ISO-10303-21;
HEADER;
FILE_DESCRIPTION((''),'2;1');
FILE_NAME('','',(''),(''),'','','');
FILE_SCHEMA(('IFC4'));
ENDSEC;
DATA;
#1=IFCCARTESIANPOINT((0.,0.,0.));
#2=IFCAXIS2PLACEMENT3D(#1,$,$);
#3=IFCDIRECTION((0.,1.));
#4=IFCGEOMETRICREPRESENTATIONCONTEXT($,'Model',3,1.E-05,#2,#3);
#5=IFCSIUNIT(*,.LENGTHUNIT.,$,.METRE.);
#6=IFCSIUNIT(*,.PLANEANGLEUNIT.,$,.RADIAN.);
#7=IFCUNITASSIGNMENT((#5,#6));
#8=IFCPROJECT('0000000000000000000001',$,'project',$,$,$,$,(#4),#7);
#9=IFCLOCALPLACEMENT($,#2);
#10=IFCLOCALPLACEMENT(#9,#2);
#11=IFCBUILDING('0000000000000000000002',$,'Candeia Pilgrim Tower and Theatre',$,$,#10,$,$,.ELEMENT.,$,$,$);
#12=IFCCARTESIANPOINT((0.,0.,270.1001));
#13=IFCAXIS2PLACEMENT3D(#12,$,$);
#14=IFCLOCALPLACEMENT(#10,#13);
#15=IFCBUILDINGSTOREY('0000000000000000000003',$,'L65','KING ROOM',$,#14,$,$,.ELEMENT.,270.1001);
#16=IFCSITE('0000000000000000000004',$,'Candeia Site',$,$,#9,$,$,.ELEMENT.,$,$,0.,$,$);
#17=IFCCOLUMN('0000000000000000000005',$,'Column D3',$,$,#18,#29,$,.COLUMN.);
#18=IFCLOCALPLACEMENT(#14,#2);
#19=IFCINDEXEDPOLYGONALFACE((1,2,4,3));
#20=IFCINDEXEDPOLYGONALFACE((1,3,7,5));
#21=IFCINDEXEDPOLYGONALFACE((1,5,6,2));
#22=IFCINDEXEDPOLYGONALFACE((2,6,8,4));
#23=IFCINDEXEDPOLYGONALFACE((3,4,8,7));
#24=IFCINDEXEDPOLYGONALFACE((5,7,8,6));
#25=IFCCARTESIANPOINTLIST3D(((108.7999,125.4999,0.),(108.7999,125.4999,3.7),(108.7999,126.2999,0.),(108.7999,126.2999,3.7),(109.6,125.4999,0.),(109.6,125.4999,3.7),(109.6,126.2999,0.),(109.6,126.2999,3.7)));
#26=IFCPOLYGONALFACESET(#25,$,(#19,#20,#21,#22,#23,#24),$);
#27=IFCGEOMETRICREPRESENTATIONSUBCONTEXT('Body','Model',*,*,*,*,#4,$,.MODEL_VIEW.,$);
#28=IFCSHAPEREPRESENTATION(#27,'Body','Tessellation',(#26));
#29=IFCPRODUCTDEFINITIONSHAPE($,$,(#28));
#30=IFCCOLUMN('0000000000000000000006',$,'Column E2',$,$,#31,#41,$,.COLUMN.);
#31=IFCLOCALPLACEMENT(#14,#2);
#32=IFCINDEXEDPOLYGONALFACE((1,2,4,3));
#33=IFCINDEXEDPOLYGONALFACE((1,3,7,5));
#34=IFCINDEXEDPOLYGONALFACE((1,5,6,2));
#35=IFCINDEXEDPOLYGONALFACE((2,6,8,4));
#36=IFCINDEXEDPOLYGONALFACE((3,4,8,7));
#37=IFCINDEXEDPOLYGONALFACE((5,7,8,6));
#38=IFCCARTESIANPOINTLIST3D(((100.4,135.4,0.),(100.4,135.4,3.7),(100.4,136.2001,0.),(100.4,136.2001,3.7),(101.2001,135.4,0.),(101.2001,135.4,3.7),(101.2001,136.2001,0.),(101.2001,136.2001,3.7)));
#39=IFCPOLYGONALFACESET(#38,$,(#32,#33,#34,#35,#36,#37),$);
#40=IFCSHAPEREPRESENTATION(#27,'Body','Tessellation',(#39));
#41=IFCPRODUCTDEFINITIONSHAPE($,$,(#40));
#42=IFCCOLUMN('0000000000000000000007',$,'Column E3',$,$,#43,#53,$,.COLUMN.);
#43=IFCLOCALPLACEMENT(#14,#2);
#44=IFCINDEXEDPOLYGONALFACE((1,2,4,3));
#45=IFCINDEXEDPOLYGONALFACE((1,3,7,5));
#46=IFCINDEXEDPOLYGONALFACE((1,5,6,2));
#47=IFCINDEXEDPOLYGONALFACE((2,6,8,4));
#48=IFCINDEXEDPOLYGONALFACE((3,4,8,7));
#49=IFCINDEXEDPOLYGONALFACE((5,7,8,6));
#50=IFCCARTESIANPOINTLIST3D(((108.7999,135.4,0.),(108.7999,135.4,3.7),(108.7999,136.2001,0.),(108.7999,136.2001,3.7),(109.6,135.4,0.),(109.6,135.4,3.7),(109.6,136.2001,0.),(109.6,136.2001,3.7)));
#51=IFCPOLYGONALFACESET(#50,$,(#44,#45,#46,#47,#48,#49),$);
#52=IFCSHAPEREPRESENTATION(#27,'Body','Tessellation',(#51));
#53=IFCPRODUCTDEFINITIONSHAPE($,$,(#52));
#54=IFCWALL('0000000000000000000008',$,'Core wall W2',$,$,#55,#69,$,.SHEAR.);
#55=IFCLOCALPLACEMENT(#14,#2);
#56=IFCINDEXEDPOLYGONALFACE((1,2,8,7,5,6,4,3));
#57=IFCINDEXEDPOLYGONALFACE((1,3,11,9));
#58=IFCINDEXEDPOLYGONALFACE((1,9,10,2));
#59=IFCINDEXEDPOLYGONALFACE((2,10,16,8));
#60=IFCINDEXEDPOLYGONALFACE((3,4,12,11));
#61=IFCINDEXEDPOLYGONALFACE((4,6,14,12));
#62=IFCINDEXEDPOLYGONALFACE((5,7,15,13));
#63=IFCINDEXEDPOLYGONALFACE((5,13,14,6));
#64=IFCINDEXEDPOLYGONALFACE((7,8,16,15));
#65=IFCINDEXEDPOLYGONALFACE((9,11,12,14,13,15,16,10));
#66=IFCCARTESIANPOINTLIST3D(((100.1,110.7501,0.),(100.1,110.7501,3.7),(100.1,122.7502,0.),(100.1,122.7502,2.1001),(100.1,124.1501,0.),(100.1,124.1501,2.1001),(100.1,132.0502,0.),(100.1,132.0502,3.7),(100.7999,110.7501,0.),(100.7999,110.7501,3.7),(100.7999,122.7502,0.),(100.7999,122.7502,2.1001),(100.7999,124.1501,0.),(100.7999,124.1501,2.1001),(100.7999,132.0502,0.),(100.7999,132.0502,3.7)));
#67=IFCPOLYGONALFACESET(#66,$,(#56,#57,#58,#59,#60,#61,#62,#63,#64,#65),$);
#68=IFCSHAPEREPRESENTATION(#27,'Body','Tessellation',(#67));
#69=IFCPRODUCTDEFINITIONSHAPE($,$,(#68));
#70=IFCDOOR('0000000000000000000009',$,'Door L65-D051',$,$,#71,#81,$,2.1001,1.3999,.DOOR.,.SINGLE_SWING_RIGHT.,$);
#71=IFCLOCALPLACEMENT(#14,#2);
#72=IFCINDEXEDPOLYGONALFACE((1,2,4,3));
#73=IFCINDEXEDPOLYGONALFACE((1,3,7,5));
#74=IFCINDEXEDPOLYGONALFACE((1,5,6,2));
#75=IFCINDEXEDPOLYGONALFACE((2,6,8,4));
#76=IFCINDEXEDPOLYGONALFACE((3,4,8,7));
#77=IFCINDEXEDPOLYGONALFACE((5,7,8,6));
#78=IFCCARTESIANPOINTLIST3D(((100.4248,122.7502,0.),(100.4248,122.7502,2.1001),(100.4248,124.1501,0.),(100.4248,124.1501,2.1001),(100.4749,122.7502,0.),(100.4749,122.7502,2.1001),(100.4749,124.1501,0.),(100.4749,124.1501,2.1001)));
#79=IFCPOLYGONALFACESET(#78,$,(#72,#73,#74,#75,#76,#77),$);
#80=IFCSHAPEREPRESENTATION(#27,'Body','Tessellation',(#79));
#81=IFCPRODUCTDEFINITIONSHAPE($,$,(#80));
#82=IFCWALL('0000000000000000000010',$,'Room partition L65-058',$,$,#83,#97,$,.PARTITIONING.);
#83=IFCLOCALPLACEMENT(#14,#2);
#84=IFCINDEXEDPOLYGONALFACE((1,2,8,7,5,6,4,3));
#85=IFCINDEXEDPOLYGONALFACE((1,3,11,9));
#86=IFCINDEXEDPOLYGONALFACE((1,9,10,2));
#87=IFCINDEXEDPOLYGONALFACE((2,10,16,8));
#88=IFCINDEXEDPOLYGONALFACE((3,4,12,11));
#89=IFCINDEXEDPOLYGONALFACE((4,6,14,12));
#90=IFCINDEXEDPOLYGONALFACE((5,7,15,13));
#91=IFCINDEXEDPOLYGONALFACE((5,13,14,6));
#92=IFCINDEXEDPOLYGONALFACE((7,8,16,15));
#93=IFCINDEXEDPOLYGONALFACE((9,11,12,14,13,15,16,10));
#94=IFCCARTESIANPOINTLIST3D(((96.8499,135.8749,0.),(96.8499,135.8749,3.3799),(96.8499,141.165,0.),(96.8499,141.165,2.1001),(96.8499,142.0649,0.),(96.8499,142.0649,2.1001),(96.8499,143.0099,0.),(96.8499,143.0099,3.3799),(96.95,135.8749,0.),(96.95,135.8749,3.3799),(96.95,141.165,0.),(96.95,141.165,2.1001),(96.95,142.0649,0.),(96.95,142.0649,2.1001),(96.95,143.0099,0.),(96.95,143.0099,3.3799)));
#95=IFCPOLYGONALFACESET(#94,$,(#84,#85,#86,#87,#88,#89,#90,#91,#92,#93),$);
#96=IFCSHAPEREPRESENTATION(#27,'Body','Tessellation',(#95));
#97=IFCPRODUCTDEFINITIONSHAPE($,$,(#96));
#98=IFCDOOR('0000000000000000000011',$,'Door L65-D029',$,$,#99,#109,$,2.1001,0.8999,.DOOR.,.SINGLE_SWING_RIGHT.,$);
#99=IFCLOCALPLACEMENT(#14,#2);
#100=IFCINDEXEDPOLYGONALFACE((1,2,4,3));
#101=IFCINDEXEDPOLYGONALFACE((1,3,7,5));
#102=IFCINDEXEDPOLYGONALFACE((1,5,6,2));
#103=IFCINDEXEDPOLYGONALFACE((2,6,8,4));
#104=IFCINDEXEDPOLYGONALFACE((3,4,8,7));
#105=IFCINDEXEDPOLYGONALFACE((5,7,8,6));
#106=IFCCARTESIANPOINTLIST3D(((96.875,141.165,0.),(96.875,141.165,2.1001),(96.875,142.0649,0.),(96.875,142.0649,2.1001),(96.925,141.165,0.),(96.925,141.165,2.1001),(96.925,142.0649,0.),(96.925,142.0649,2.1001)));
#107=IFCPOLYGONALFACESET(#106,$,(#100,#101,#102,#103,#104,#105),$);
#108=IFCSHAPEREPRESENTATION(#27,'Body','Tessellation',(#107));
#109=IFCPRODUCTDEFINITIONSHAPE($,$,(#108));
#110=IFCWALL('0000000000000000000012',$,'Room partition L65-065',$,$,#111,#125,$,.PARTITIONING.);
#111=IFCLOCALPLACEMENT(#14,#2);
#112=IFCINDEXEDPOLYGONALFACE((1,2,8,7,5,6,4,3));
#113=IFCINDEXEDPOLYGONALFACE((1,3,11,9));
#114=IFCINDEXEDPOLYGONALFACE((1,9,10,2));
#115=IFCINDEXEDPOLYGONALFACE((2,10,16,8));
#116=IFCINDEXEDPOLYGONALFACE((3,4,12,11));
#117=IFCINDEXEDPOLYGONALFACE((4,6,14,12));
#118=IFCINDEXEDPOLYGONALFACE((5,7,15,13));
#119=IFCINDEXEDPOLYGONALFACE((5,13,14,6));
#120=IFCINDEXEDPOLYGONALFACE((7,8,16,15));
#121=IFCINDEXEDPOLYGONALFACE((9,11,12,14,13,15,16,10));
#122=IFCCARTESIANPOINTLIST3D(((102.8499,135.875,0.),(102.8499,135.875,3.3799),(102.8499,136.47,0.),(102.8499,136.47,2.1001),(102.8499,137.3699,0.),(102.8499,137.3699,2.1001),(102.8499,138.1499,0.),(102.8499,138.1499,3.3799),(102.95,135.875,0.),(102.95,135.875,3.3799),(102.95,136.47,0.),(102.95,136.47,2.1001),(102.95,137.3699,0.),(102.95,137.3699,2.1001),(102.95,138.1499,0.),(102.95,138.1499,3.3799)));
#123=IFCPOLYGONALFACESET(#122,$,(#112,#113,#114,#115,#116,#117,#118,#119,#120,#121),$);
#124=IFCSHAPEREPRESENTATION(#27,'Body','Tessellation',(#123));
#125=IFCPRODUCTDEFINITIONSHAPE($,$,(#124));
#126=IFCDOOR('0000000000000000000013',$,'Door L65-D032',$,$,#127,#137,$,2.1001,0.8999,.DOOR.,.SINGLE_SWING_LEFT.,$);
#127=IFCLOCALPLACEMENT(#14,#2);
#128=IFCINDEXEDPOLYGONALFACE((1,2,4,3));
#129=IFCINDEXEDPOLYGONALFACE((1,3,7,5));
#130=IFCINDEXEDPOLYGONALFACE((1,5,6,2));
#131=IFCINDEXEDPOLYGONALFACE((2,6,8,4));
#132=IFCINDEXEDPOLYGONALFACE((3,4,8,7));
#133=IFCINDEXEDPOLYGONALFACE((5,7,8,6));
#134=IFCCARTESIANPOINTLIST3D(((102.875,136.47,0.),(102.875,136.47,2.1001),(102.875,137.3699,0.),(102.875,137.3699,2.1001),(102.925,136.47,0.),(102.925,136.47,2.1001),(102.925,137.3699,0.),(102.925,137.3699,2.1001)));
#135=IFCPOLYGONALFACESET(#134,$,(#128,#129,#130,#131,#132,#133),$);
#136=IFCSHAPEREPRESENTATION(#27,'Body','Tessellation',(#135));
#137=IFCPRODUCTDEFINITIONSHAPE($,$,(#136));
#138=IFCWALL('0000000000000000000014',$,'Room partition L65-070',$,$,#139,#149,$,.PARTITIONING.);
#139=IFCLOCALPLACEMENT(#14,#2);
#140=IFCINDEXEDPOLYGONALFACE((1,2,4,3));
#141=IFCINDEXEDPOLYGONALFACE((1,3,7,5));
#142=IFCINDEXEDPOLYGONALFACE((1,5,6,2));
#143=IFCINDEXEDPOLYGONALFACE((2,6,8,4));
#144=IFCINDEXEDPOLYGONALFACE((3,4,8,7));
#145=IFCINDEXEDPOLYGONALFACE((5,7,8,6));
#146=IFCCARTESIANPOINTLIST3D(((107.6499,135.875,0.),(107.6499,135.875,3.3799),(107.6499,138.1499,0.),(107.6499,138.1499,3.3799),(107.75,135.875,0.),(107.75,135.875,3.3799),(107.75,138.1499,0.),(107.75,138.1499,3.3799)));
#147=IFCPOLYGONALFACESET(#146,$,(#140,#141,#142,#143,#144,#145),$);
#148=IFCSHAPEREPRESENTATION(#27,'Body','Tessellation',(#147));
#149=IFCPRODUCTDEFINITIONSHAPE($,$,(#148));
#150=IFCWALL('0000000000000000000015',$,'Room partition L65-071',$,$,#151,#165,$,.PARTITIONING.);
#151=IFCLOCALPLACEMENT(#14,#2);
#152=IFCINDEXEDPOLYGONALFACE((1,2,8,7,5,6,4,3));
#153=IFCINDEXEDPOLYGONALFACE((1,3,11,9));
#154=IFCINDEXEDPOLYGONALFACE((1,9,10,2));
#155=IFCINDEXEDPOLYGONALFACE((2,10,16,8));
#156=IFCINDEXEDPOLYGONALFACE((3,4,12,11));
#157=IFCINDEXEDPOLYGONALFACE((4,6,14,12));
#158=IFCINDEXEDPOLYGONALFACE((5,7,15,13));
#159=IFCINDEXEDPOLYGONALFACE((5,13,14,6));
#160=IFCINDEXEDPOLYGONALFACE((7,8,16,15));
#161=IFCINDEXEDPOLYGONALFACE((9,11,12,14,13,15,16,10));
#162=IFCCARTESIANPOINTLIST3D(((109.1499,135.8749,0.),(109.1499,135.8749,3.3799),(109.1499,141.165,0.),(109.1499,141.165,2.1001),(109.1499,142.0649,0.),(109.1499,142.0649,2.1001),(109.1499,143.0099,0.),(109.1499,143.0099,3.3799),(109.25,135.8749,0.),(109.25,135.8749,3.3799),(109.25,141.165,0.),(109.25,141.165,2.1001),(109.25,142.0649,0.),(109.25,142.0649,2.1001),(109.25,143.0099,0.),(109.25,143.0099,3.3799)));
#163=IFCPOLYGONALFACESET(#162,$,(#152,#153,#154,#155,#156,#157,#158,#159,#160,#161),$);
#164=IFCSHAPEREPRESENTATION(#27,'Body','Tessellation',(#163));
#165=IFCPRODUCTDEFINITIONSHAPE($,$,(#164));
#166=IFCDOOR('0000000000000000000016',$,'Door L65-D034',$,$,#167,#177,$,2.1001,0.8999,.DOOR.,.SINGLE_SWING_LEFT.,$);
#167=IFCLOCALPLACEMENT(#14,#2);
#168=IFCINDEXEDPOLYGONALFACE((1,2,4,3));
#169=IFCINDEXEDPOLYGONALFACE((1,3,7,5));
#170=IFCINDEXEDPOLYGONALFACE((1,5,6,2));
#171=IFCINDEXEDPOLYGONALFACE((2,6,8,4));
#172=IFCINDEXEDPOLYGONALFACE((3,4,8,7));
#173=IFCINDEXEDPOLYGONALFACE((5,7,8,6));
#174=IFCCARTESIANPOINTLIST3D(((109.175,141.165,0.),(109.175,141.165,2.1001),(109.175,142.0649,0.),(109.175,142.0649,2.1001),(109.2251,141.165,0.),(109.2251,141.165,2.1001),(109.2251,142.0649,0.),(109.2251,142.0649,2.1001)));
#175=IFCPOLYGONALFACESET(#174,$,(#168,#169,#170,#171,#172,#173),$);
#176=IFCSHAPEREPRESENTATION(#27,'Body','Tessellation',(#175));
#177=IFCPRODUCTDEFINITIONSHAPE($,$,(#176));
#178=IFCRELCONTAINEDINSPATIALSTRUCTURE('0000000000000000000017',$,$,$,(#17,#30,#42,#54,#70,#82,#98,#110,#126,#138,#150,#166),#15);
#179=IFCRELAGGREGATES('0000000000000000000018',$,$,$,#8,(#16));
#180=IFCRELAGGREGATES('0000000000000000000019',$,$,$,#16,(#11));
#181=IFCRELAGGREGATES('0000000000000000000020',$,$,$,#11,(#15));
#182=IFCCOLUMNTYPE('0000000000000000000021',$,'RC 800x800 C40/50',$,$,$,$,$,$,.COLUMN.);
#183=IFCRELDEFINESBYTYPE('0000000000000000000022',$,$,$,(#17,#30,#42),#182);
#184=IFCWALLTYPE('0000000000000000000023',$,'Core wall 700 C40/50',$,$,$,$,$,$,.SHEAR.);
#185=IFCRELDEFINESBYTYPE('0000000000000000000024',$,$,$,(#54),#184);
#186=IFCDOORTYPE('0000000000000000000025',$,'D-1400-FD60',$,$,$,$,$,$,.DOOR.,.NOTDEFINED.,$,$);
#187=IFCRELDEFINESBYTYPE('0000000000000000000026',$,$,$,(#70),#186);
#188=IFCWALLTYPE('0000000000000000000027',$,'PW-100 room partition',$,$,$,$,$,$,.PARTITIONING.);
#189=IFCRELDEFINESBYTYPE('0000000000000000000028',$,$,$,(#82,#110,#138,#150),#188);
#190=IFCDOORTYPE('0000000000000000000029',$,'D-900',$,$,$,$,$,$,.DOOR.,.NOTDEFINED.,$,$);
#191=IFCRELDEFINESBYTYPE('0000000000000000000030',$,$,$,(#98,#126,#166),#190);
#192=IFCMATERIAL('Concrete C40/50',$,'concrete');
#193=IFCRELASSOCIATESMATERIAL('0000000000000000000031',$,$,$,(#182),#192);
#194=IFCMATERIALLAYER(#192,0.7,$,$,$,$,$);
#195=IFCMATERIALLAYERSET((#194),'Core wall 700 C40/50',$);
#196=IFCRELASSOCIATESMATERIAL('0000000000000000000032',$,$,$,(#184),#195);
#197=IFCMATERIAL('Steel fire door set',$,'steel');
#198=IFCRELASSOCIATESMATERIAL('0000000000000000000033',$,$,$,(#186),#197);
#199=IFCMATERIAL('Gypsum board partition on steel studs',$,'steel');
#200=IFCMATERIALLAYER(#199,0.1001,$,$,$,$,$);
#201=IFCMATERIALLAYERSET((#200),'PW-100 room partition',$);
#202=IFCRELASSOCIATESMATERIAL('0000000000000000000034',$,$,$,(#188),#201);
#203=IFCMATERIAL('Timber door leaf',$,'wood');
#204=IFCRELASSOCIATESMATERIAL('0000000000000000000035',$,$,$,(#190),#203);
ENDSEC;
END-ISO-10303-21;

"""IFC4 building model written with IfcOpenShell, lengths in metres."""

from ifc_helpers import new_model, si_unit, direction, frame, frame_2d, origin, origin_2d, place, context, subcontext, project, spatial, rectangle, extrude, material, layer, layer_set, material_profile, profile_set, type_object, element, fill, save


model = new_model("IFC4")

# Units and contexts
model_context = context("Model", 3, precision=1e-05, world=origin(), true_north=direction((0.0, 1.0)))
body_context = subcontext(model_context, "Body", "Model", "MODEL_VIEW")
ifc_project = project(units=[si_unit("LENGTHUNIT", "METRE"), si_unit("PLANEANGLEUNIT", "RADIAN")], contexts=[model_context])

# Site, building, storey
site_placement = place(None, origin())
site = spatial("IfcSite", under=ifc_project, at=site_placement, Name="Candeia Site", CompositionType="ELEMENT", RefElevation=0.0)
building_placement = place(site_placement, origin())
building = spatial("IfcBuilding", under=site, at=building_placement, Name="Candeia Pilgrim Tower and Theatre", CompositionType="ELEMENT")
storey_placement = place(building_placement, frame((0.0, 0.0, 270.1001)))
storey = spatial("IfcBuildingStorey", under=building, at=storey_placement, Name="L65", Description="KING ROOM", CompositionType="ELEMENT", Elevation=270.1001)

# Columns
ifc_material_1 = material(Name="Concrete C40/50", Category="concrete")
ifc_material_profile = material_profile(ifc_material_1, rectangle(XDim=0.8, YDim=0.8, at=origin_2d()))
ifc_profile_set = profile_set([ifc_material_profile], Name="Concrete C40/50")
column_type = type_object("IfcColumnType", Name="RC 800x800 C40/50", PredefinedType="COLUMN", material=ifc_profile_set)
for number, where, z_axis, x_axis, name in (
    (1, (109.2, 125.8999, 0.0), (0.0, 0.0, 1.0), (1.0, 0.0, 0.0), "Column D3"),
    (2, (100.8, 135.8, 0.0), (0.0, 0.0, 1.0), (1.0, 0.0, 0.0), "Column E2"),
    (3, (109.2, 135.8, 0.0), (0.0, 0.0, 1.0), (1.0, 0.0, 0.0), "Column E3"),
):
    element("IfcColumn", number, at=place(storey_placement, frame(where, z_axis=z_axis, x_axis=x_axis)), inside=storey, type_object=column_type, Name=name, PredefinedType="COLUMN", context=body_context, shape_type="SweptSolid", body=[
        extrude(rectangle(XDim=0.8, YDim=0.8, at=origin_2d()), origin(), (0.0, 0.0, 1.0), 3.7),
    ])

# Walls, openings, doors
ifc_layer_1 = layer(ifc_material_1, 0.7)
ifc_layer_set_1 = layer_set([ifc_layer_1], Name="Core wall 700 C40/50")
wall_type_1 = type_object("IfcWallType", Name="Core wall 700 C40/50", PredefinedType="SHEAR", material=ifc_layer_set_1)
wall_1_placement = place(storey_placement, frame((100.45, 132.05, 0.0), z_axis=(0.0, 0.0, 1.0), x_axis=(0.0, -1.0, 0.0)))
wall_1 = element("IfcWall", 4, at=wall_1_placement, inside=storey, type_object=wall_type_1, Name="Core wall W2", PredefinedType="SHEAR", context=body_context, shape_type="SweptSolid", body=[
    extrude(rectangle(XDim=21.3, YDim=0.7, at=frame_2d((10.6499, 0.0))), origin(), (0.0, 0.0, 1.0), 3.7),
])
opening_1_placement = place(wall_1_placement, frame((7.8999, 0.0, 0.0)))
opening_1 = element("IfcOpeningElement", 5, at=opening_1_placement, cuts=wall_1, PredefinedType="OPENING", context=body_context, shape_type="SweptSolid", body=[
    extrude(rectangle(XDim=1.3999, YDim=2.1001, at=frame_2d((0.7, 1.05))), frame((0.0, 0.3599, 0.0), z_axis=(0.0, -1.0, 0.0), x_axis=(1.0, 0.0, 0.0)), (0.0, 0.0, 1.0), 0.72),
])
ifc_material_2 = material(Name="Steel fire door set", Category="steel")
door_type_1 = type_object("IfcDoorType", Name="D-1400-FD60", OperationType="NOTDEFINED", PredefinedType="DOOR", material=ifc_material_2)
door_1_placement = place(opening_1_placement, origin())
door_1 = element("IfcDoor", 6, at=door_1_placement, inside=storey, type_object=door_type_1, Name="Door L65-D051", OperationType="SINGLE_SWING_RIGHT", OverallHeight=2.1001, OverallWidth=1.3999, PredefinedType="DOOR", context=body_context, shape_type="SweptSolid", body=[
    extrude(rectangle(XDim=1.3999, YDim=2.1001, at=frame_2d((0.7, 1.05))), frame((0.0, 0.0249, 0.0), z_axis=(0.0, -1.0, 0.0), x_axis=(1.0, 0.0, 0.0)), (0.0, 0.0, 1.0), 0.05),
])
fill(opening_1, door_1)
ifc_material_3 = material(Name="Gypsum board partition on steel studs", Category="steel")
ifc_layer_2 = layer(ifc_material_3, 0.1001)
ifc_layer_set_2 = layer_set([ifc_layer_2], Name="PW-100 room partition")
wall_type_2 = type_object("IfcWallType", Name="PW-100 room partition", PredefinedType="PARTITIONING", material=ifc_layer_set_2)
wall_2_placement = place(storey_placement, frame((96.8999, 135.875, 0.0), z_axis=(0.0, 0.0, 1.0), x_axis=(0.0, 1.0, 0.0)))
wall_2 = element("IfcWall", 7, at=wall_2_placement, inside=storey, type_object=wall_type_2, Name="Room partition L65-058", PredefinedType="PARTITIONING", context=body_context, shape_type="SweptSolid", body=[
    extrude(rectangle(XDim=7.135, YDim=0.1001, at=frame_2d((3.5674, 0.0))), origin(), (0.0, 0.0, 1.0), 3.3799),
])
opening_2_placement = place(wall_2_placement, frame((5.29, 0.0, 0.0)))
opening_2 = element("IfcOpeningElement", 8, at=opening_2_placement, cuts=wall_2, PredefinedType="OPENING", context=body_context, shape_type="SweptSolid", body=[
    extrude(rectangle(XDim=0.8999, YDim=2.1001, at=frame_2d((0.45, 1.05))), frame((0.0, 0.0601, 0.0), z_axis=(0.0, -1.0, 0.0), x_axis=(1.0, 0.0, 0.0)), (0.0, 0.0, 1.0), 0.1201),
])
ifc_material_4 = material(Name="Timber door leaf", Category="wood")
door_type_2 = type_object("IfcDoorType", Name="D-900", OperationType="NOTDEFINED", PredefinedType="DOOR", material=ifc_material_4)
door_2_placement = place(opening_2_placement, origin())
door_2 = element("IfcDoor", 9, at=door_2_placement, inside=storey, type_object=door_type_2, Name="Door L65-D029", OperationType="SINGLE_SWING_RIGHT", OverallHeight=2.1001, OverallWidth=0.8999, PredefinedType="DOOR", context=body_context, shape_type="SweptSolid", body=[
    extrude(rectangle(XDim=0.8999, YDim=2.1001, at=frame_2d((0.45, 1.05))), frame((0.0, 0.0249, 0.0), z_axis=(0.0, -1.0, 0.0), x_axis=(1.0, 0.0, 0.0)), (0.0, 0.0, 1.0), 0.05),
])
fill(opening_2, door_2)
wall_3_placement = place(storey_placement, frame((102.8999, 135.875, 0.0), z_axis=(0.0, 0.0, 1.0), x_axis=(0.0, 1.0, 0.0)))
wall_3 = element("IfcWall", 10, at=wall_3_placement, inside=storey, type_object=wall_type_2, Name="Room partition L65-065", PredefinedType="PARTITIONING", context=body_context, shape_type="SweptSolid", body=[
    extrude(rectangle(XDim=2.2749, YDim=0.1001, at=frame_2d((1.1375, 0.0))), origin(), (0.0, 0.0, 1.0), 3.3799),
])
opening_3_placement = place(wall_3_placement, frame((0.595, 0.0, 0.0)))
opening_3 = element("IfcOpeningElement", 11, at=opening_3_placement, cuts=wall_3, PredefinedType="OPENING", context=body_context, shape_type="SweptSolid", body=[
    extrude(rectangle(XDim=0.8999, YDim=2.1001, at=frame_2d((0.45, 1.05))), frame((0.0, 0.0601, 0.0), z_axis=(0.0, -1.0, 0.0), x_axis=(1.0, 0.0, 0.0)), (0.0, 0.0, 1.0), 0.1201),
])
door_3_placement = place(opening_3_placement, origin())
door_3 = element("IfcDoor", 12, at=door_3_placement, inside=storey, type_object=door_type_2, Name="Door L65-D032", OperationType="SINGLE_SWING_LEFT", OverallHeight=2.1001, OverallWidth=0.8999, PredefinedType="DOOR", context=body_context, shape_type="SweptSolid", body=[
    extrude(rectangle(XDim=0.8999, YDim=2.1001, at=frame_2d((0.45, 1.05))), frame((0.0, 0.0249, 0.0), z_axis=(0.0, -1.0, 0.0), x_axis=(1.0, 0.0, 0.0)), (0.0, 0.0, 1.0), 0.05),
])
fill(opening_3, door_3)

# Wall
wall_4_placement = place(storey_placement, frame((107.7, 135.875, 0.0), z_axis=(0.0, 0.0, 1.0), x_axis=(0.0, 1.0, 0.0)))
element("IfcWall", 13, at=wall_4_placement, inside=storey, type_object=wall_type_2, Name="Room partition L65-070", PredefinedType="PARTITIONING", context=body_context, shape_type="SweptSolid", body=[
    extrude(rectangle(XDim=2.2749, YDim=0.1001, at=frame_2d((1.1375, 0.0))), origin(), (0.0, 0.0, 1.0), 3.3799),
])

# Wall, opening, door
wall_5_placement = place(storey_placement, frame((109.2, 135.875, 0.0), z_axis=(0.0, 0.0, 1.0), x_axis=(0.0, 1.0, 0.0)))
wall_5 = element("IfcWall", 14, at=wall_5_placement, inside=storey, type_object=wall_type_2, Name="Room partition L65-071", PredefinedType="PARTITIONING", context=body_context, shape_type="SweptSolid", body=[
    extrude(rectangle(XDim=7.135, YDim=0.1001, at=frame_2d((3.5674, 0.0))), origin(), (0.0, 0.0, 1.0), 3.3799),
])
opening_4_placement = place(wall_5_placement, frame((5.29, 0.0, 0.0)))
opening_4 = element("IfcOpeningElement", 15, at=opening_4_placement, cuts=wall_5, PredefinedType="OPENING", context=body_context, shape_type="SweptSolid", body=[
    extrude(rectangle(XDim=0.8999, YDim=2.1001, at=frame_2d((0.45, 1.05))), frame((0.0, 0.0601, 0.0), z_axis=(0.0, -1.0, 0.0), x_axis=(1.0, 0.0, 0.0)), (0.0, 0.0, 1.0), 0.1201),
])
door_4_placement = place(opening_4_placement, origin())
door_4 = element("IfcDoor", 16, at=door_4_placement, inside=storey, type_object=door_type_2, Name="Door L65-D034", OperationType="SINGLE_SWING_LEFT", OverallHeight=2.1001, OverallWidth=0.8999, PredefinedType="DOOR", context=body_context, shape_type="SweptSolid", body=[
    extrude(rectangle(XDim=0.8999, YDim=2.1001, at=frame_2d((0.45, 1.05))), frame((0.0, 0.0249, 0.0), z_axis=(0.0, -1.0, 0.0), x_axis=(1.0, 0.0, 0.0)), (0.0, 0.0, 1.0), 0.05),
])
fill(opening_4, door_4)

save(model, "model.ifc")
